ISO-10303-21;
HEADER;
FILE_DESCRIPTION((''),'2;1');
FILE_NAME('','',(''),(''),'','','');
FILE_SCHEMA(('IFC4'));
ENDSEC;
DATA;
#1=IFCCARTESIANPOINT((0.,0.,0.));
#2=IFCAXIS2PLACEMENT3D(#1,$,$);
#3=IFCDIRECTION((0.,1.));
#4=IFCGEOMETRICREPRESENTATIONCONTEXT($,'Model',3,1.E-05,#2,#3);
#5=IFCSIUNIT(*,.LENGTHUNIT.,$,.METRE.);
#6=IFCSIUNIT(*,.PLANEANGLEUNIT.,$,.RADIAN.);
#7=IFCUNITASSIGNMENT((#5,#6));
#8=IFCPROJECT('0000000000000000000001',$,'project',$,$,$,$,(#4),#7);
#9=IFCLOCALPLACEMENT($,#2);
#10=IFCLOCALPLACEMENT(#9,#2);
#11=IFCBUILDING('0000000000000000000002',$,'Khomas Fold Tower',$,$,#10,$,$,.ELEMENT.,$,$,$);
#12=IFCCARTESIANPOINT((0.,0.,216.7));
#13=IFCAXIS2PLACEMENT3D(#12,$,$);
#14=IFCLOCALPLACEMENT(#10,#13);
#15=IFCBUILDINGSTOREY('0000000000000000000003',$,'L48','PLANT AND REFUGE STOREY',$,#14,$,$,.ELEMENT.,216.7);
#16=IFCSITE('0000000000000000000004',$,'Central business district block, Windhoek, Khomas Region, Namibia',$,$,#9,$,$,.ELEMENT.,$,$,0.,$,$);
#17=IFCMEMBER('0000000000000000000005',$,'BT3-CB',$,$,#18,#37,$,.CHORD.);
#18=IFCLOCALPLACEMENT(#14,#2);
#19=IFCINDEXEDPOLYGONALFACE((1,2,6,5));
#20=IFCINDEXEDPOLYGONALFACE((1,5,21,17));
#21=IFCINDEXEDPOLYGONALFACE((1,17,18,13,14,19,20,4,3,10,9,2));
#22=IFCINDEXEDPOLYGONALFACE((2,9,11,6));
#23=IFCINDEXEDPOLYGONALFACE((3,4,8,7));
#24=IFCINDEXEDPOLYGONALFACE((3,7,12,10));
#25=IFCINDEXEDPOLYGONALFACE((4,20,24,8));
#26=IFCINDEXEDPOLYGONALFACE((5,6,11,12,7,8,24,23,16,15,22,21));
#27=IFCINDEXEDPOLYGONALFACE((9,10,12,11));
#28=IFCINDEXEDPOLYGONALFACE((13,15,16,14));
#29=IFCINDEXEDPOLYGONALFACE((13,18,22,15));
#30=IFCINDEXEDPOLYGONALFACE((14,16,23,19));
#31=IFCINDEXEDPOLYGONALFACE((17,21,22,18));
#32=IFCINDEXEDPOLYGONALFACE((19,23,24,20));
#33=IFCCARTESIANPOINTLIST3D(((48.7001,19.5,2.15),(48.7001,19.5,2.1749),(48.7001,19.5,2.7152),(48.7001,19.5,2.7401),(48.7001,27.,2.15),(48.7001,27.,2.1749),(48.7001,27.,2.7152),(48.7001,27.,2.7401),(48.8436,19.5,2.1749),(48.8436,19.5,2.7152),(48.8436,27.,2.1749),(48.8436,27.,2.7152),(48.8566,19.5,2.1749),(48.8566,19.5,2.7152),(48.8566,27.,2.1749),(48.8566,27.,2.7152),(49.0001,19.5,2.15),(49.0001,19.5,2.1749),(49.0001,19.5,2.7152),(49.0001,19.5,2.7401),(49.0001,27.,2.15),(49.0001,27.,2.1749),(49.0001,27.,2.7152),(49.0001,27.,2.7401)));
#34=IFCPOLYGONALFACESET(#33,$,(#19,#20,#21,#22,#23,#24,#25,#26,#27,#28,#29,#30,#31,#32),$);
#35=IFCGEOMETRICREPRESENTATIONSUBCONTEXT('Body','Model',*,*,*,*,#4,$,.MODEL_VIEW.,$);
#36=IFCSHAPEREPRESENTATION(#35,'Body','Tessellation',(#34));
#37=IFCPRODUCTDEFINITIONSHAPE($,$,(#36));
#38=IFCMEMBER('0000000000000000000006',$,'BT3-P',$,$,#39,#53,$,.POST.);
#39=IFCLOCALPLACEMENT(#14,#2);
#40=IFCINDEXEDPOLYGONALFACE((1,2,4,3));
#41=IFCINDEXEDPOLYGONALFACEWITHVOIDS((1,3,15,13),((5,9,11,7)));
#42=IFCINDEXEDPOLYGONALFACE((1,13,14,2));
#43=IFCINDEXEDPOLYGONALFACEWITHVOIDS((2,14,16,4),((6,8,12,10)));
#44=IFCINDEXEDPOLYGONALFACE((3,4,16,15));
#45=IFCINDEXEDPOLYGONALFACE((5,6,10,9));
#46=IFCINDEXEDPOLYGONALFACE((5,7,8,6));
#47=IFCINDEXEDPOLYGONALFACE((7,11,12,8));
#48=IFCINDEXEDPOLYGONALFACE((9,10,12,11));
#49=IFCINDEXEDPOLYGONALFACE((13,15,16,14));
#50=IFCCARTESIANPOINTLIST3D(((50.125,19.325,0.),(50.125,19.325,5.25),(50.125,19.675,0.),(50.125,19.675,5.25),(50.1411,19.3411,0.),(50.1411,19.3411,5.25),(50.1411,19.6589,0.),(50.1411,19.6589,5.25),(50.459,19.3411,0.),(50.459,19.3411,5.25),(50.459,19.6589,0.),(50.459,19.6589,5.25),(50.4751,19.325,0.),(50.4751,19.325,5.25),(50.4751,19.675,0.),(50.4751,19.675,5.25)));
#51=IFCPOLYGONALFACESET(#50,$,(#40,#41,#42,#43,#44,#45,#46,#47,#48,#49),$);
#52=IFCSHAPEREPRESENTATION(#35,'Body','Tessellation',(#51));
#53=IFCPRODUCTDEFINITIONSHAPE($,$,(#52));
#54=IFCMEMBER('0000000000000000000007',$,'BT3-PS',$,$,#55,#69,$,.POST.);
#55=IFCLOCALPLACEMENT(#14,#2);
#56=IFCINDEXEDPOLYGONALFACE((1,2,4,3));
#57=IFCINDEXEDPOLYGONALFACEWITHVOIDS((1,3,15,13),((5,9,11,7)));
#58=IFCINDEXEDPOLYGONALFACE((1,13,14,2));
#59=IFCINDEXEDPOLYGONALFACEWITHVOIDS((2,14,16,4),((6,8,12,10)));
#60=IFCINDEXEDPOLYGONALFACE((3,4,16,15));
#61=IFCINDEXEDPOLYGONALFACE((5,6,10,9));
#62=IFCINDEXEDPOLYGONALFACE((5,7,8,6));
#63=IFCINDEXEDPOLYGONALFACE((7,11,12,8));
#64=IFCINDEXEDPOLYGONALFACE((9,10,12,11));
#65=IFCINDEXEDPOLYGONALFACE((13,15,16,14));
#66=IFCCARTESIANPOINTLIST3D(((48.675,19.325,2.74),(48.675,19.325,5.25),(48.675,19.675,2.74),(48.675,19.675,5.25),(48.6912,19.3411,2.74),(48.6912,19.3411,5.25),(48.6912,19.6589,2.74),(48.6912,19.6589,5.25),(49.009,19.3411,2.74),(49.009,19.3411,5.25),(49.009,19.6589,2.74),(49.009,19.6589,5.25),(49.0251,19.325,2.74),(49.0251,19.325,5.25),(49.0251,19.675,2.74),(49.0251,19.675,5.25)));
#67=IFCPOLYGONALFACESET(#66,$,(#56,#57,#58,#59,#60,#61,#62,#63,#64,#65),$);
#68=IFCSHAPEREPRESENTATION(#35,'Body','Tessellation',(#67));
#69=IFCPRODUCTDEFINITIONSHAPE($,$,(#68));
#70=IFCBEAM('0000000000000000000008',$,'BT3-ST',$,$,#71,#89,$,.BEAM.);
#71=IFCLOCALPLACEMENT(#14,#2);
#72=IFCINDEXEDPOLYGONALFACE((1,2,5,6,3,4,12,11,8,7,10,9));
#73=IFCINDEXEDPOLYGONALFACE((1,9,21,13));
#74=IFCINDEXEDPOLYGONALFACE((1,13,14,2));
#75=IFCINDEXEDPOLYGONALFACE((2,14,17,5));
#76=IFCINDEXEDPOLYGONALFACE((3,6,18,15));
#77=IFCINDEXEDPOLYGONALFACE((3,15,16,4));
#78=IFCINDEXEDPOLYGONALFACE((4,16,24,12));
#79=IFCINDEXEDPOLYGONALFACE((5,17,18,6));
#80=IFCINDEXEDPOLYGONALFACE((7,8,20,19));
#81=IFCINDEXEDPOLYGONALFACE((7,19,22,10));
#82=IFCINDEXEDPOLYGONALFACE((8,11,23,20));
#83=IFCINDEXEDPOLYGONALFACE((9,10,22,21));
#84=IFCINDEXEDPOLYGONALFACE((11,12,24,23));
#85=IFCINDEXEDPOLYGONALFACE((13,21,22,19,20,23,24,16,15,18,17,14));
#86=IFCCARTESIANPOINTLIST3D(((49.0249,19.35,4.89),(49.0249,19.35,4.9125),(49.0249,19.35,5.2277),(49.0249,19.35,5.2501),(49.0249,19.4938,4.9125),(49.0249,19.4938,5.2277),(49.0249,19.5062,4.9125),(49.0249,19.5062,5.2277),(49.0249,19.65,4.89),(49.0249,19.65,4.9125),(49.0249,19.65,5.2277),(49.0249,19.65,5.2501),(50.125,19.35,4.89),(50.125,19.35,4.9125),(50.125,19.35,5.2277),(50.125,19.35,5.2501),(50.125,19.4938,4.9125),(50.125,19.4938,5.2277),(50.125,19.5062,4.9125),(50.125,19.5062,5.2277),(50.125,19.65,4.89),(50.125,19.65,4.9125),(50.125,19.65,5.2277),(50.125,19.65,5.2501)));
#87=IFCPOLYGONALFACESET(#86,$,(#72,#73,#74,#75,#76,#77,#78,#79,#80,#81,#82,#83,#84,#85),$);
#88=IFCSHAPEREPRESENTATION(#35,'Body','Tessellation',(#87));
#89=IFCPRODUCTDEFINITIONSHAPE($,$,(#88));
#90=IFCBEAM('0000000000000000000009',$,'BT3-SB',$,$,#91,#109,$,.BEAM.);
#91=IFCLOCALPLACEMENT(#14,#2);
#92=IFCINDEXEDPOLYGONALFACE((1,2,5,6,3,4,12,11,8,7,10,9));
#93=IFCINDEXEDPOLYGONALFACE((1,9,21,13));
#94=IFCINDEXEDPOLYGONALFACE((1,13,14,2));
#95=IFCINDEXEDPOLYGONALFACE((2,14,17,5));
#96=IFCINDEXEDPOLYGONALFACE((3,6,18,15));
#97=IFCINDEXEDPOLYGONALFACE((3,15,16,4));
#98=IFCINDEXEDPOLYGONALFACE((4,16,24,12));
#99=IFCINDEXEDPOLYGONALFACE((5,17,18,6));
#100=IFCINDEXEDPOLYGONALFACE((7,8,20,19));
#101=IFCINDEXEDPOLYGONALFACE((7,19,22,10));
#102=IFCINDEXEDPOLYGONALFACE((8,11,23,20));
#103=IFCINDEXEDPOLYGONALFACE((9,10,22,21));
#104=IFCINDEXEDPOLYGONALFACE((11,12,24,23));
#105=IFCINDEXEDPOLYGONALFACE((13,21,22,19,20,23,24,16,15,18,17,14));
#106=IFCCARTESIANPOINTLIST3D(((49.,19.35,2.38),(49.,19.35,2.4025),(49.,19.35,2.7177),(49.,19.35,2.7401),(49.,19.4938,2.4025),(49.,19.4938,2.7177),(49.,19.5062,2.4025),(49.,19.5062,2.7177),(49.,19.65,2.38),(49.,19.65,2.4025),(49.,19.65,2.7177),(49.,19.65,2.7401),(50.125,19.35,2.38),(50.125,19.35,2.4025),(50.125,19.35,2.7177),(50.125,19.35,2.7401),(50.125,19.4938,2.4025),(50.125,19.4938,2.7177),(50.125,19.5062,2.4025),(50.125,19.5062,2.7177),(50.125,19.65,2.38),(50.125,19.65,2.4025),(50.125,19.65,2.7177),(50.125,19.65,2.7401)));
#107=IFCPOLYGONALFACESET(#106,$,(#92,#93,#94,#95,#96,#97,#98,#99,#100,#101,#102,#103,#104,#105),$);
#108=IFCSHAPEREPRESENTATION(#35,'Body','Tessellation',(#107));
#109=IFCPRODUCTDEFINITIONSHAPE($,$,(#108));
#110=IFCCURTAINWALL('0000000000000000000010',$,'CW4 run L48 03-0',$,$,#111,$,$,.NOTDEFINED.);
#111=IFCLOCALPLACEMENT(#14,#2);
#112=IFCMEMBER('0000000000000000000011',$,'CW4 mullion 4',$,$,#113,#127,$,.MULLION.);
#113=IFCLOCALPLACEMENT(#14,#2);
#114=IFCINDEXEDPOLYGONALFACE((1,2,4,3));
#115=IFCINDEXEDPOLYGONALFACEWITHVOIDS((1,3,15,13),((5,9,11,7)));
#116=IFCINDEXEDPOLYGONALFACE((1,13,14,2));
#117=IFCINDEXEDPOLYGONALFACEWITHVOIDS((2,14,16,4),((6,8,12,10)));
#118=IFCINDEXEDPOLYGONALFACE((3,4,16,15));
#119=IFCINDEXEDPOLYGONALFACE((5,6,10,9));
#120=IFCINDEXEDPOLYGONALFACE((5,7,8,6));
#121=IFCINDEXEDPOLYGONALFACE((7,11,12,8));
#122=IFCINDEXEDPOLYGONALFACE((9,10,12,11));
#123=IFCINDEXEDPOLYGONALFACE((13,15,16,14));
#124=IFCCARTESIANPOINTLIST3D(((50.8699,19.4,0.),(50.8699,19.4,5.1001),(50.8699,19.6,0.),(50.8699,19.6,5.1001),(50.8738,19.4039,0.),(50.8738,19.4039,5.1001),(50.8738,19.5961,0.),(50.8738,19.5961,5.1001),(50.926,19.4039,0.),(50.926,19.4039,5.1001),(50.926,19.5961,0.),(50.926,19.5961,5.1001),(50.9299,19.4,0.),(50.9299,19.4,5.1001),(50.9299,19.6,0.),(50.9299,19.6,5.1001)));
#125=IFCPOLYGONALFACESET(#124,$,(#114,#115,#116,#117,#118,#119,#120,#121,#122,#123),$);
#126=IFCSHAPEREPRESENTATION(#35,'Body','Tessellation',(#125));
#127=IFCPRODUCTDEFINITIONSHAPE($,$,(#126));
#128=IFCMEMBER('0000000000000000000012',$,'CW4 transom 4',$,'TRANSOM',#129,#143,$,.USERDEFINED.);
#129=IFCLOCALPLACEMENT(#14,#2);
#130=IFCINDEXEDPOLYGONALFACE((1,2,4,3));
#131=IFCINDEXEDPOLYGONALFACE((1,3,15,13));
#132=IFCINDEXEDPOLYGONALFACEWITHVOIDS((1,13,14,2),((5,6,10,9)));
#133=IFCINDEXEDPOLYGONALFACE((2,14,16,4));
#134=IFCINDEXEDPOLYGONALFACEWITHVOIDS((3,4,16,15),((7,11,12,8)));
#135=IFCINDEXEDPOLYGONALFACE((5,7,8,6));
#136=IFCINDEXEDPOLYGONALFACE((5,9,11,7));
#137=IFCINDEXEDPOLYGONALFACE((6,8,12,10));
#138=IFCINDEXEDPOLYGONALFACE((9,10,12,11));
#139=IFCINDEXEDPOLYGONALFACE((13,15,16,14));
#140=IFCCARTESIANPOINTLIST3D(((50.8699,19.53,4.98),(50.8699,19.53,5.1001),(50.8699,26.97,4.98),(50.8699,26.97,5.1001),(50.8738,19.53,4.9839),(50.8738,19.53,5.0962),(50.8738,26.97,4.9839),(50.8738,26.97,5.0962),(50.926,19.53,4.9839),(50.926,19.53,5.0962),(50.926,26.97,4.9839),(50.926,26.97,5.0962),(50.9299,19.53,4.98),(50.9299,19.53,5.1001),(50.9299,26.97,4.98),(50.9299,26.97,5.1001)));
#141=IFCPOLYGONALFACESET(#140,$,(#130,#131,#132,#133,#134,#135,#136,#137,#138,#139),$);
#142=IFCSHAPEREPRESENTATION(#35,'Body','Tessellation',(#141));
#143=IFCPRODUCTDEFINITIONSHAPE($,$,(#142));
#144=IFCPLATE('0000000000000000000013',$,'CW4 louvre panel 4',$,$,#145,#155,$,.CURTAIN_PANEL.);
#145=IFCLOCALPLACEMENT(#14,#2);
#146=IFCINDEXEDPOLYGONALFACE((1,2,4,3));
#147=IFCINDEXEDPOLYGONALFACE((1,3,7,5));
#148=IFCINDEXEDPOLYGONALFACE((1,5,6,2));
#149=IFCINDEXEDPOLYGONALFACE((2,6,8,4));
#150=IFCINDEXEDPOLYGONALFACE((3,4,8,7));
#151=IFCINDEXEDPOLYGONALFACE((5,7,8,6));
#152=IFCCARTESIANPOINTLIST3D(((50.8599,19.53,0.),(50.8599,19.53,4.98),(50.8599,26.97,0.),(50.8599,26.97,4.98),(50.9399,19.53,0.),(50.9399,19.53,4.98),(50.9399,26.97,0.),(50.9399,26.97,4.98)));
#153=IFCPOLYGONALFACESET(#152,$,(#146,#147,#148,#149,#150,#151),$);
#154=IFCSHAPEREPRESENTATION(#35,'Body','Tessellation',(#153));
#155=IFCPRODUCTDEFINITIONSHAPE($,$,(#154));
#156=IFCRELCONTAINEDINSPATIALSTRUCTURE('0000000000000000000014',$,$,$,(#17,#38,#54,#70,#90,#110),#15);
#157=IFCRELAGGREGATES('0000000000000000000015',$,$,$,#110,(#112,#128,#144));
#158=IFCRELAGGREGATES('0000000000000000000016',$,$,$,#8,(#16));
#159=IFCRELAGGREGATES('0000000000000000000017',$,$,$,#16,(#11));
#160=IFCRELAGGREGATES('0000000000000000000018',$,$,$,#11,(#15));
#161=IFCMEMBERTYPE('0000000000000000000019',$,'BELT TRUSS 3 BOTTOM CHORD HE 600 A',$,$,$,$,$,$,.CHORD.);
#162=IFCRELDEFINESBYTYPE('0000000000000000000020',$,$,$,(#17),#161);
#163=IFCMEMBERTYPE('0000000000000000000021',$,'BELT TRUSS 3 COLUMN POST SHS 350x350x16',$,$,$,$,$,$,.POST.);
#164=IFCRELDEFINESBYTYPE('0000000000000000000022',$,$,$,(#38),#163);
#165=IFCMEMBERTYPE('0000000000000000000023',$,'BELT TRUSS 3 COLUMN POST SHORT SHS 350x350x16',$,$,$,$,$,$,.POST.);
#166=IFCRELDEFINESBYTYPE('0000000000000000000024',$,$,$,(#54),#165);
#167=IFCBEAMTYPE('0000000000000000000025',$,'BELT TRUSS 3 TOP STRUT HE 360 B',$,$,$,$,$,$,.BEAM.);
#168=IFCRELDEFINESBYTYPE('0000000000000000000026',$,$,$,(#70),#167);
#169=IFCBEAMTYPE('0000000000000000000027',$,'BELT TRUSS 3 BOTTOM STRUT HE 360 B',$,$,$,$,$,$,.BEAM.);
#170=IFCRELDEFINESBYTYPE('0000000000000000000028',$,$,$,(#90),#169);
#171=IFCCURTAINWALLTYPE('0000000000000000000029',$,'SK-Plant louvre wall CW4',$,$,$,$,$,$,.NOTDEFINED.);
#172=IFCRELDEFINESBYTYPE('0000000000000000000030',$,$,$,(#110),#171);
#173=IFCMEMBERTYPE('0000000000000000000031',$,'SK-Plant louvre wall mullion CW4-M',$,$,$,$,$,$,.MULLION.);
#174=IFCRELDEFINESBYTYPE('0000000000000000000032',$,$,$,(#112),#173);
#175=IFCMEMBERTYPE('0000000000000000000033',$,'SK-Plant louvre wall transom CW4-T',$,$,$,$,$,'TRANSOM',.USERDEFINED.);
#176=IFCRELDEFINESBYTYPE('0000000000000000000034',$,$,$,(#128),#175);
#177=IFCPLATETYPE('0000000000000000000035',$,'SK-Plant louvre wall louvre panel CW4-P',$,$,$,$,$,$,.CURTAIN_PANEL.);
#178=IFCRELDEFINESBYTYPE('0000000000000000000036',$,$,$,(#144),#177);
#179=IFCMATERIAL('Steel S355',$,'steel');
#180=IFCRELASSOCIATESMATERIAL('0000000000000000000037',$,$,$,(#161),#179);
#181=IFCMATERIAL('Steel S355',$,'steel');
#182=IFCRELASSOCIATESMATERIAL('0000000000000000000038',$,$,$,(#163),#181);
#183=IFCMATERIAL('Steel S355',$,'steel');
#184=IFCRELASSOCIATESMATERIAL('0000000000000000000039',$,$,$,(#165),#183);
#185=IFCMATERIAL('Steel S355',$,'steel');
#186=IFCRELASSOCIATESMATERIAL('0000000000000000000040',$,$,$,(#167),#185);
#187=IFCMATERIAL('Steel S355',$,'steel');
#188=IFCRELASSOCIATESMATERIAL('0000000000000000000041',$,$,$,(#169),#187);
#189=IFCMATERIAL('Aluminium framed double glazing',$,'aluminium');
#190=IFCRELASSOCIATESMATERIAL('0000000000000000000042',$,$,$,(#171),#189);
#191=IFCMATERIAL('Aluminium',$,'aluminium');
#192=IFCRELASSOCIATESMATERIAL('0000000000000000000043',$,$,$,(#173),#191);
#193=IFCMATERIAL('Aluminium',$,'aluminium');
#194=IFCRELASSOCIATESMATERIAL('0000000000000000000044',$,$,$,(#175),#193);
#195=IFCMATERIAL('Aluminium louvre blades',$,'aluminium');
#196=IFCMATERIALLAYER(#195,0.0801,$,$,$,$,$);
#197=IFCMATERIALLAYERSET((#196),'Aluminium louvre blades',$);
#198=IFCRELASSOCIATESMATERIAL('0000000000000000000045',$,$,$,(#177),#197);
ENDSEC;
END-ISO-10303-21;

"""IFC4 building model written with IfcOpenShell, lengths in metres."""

from ifc_helpers import new_model, si_unit, direction, frame, origin, origin_2d, place, context, subcontext, project, spatial, rectangle, hollow_rectangle, i_section, extrude, source, transform, mapped, material, layer, layer_set, material_profile, profile_set, type_object, element, aggregate, save


model = new_model("IFC4")

# Units and contexts
model_context = context("Model", 3, precision=1e-05, world=origin(), true_north=direction((0.0, 1.0)))
body_context = subcontext(model_context, "Body", "Model", "MODEL_VIEW")
ifc_project = project(units=[si_unit("LENGTHUNIT", "METRE"), si_unit("PLANEANGLEUNIT", "RADIAN")], contexts=[model_context])

# Site, building, storey
site_placement = place(None, origin())
site = spatial("IfcSite", under=ifc_project, at=site_placement, Name="Central business district block, Windhoek, Khomas Region, Namibia", CompositionType="ELEMENT", RefElevation=0.0)
building_placement = place(site_placement, origin())
building = spatial("IfcBuilding", under=site, at=building_placement, Name="Khomas Fold Tower", CompositionType="ELEMENT")
storey_placement = place(building_placement, frame((0.0, 0.0, 216.7)))
storey = spatial("IfcBuildingStorey", under=building, at=storey_placement, Name="L48", Description="PLANT AND REFUGE STOREY", CompositionType="ELEMENT", Elevation=216.7)

# Members
ifc_material_1 = material(Name="Steel S355", Category="steel")
ifc_material_profile_1 = material_profile(ifc_material_1, i_section(OverallWidth=0.3, OverallDepth=0.5901, WebThickness=0.0129, FlangeThickness=0.0249, at=origin_2d()), Name="HE 600 A")
ifc_profile_set_1 = profile_set([ifc_material_profile_1], Name="Steel S355")
member_type_1 = type_object("IfcMemberType", Name="BELT TRUSS 3 BOTTOM CHORD HE 600 A", PredefinedType="CHORD", material=ifc_profile_set_1)
shared_shape_1 = source(origin(), body_context, "Body", "SweptSolid", [
    extrude(i_section(OverallWidth=0.3, OverallDepth=0.5901, WebThickness=0.0129, FlangeThickness=0.0249, at=origin_2d()), origin(), (0.0, 0.0, 1.0), 7.5),
])
member_1_placement = place(storey_placement, frame((48.8501, 19.5, 2.4451), z_axis=(0.0, 1.0, 0.0), x_axis=(-1.0, 0.0, 0.0)))
element("IfcMember", 1, at=member_1_placement, inside=storey, type_object=member_type_1, Name="BT3-CB", PredefinedType="CHORD", context=body_context, shape_type="MappedRepresentation", body=[
    mapped(shared_shape_1, transform((0.0, 0.0, 0.0))),
])
ifc_material_2 = material(Name="Steel S355", Category="steel")
ifc_material_profile_2 = material_profile(ifc_material_2, hollow_rectangle(XDim=0.3501, YDim=0.3501, WallThickness=0.0161, at=origin_2d()), Name="SHS 350x350x16")
ifc_profile_set_2 = profile_set([ifc_material_profile_2], Name="Steel S355")
member_type_2 = type_object("IfcMemberType", Name="BELT TRUSS 3 COLUMN POST SHS 350x350x16", PredefinedType="POST", material=ifc_profile_set_2)
shared_shape_2 = source(origin(), body_context, "Body", "SweptSolid", [
    extrude(hollow_rectangle(XDim=0.3501, YDim=0.3501, WallThickness=0.0161, at=origin_2d()), origin(), (0.0, 0.0, 1.0), 5.25),
])
member_2_placement = place(storey_placement, frame((50.3, 19.5, 0.0), z_axis=(0.0, 0.0, 1.0), x_axis=(1.0, 0.0, 0.0)))
element("IfcMember", 2, at=member_2_placement, inside=storey, type_object=member_type_2, Name="BT3-P", PredefinedType="POST", context=body_context, shape_type="MappedRepresentation", body=[
    mapped(shared_shape_2, transform((0.0, 0.0, 0.0))),
])
ifc_material_3 = material(Name="Steel S355", Category="steel")
ifc_material_profile_3 = material_profile(ifc_material_3, hollow_rectangle(XDim=0.3501, YDim=0.3501, WallThickness=0.0161, at=origin_2d()), Name="SHS 350x350x16")
ifc_profile_set_3 = profile_set([ifc_material_profile_3], Name="Steel S355")
member_type_3 = type_object("IfcMemberType", Name="BELT TRUSS 3 COLUMN POST SHORT SHS 350x350x16", PredefinedType="POST", material=ifc_profile_set_3)
shared_shape_3 = source(origin(), body_context, "Body", "SweptSolid", [
    extrude(hollow_rectangle(XDim=0.3501, YDim=0.3501, WallThickness=0.0161, at=origin_2d()), origin(), (0.0, 0.0, 1.0), 2.51),
])
member_3_placement = place(storey_placement, frame((48.8501, 19.5, 2.74), z_axis=(0.0, 0.0, 1.0), x_axis=(1.0, 0.0, 0.0)))
element("IfcMember", 3, at=member_3_placement, inside=storey, type_object=member_type_3, Name="BT3-PS", PredefinedType="POST", context=body_context, shape_type="MappedRepresentation", body=[
    mapped(shared_shape_3, transform((0.0, 0.0, 0.0))),
])

# Beams
ifc_material_4 = material(Name="Steel S355", Category="steel")
ifc_material_profile_4 = material_profile(ifc_material_4, i_section(OverallWidth=0.3, OverallDepth=0.3601, WebThickness=0.0125, FlangeThickness=0.0225, at=origin_2d()), Name="HE 360 B")
ifc_profile_set_4 = profile_set([ifc_material_profile_4], Name="Steel S355")
beam_type_1 = type_object("IfcBeamType", Name="BELT TRUSS 3 TOP STRUT HE 360 B", PredefinedType="BEAM", material=ifc_profile_set_4)
shared_shape_4 = source(origin(), body_context, "Body", "SweptSolid", [
    extrude(i_section(OverallWidth=0.3, OverallDepth=0.3601, WebThickness=0.0125, FlangeThickness=0.0225, at=origin_2d()), origin(), (0.0, 0.0, 1.0), 1.1001),
])
beam_1_placement = place(storey_placement, frame((49.0249, 19.5, 5.0701), z_axis=(1.0, 0.0, 0.0), x_axis=(0.0, 1.0, 0.0)))
element("IfcBeam", 4, at=beam_1_placement, inside=storey, type_object=beam_type_1, Name="BT3-ST", PredefinedType="BEAM", context=body_context, shape_type="MappedRepresentation", body=[
    mapped(shared_shape_4, transform((0.0, 0.0, 0.0))),
])
ifc_material_5 = material(Name="Steel S355", Category="steel")
ifc_material_profile_5 = material_profile(ifc_material_5, i_section(OverallWidth=0.3, OverallDepth=0.3601, WebThickness=0.0125, FlangeThickness=0.0225, at=origin_2d()), Name="HE 360 B")
ifc_profile_set_5 = profile_set([ifc_material_profile_5], Name="Steel S355")
beam_type_2 = type_object("IfcBeamType", Name="BELT TRUSS 3 BOTTOM STRUT HE 360 B", PredefinedType="BEAM", material=ifc_profile_set_5)
shared_shape_5 = source(origin(), body_context, "Body", "SweptSolid", [
    extrude(i_section(OverallWidth=0.3, OverallDepth=0.3601, WebThickness=0.0125, FlangeThickness=0.0225, at=origin_2d()), origin(), (0.0, 0.0, 1.0), 1.125),
])
beam_2_placement = place(storey_placement, frame((49.0, 19.5, 2.5601), z_axis=(1.0, 0.0, 0.0), x_axis=(0.0, 1.0, 0.0)))
element("IfcBeam", 5, at=beam_2_placement, inside=storey, type_object=beam_type_2, Name="BT3-SB", PredefinedType="BEAM", context=body_context, shape_type="MappedRepresentation", body=[
    mapped(shared_shape_5, transform((0.0, 0.0, 0.0))),
])

# Curtain wall, members, plate
ifc_material_6 = material(Name="Aluminium framed double glazing", Category="aluminium")
curtain_wall_type = type_object("IfcCurtainWallType", Name="SK-Plant louvre wall CW4", PredefinedType="NOTDEFINED", material=ifc_material_6)
curtain_wall_placement = place(storey_placement, origin())
curtain_wall = element("IfcCurtainWall", 6, at=curtain_wall_placement, inside=storey, type_object=curtain_wall_type, Name="CW4 run L48 03-0", PredefinedType="NOTDEFINED")
ifc_material_7 = material(Name="Aluminium", Category="aluminium")
ifc_material_profile_6 = material_profile(ifc_material_7, hollow_rectangle(XDim=0.0601, YDim=0.2, WallThickness=0.0039, at=origin_2d()), Name="SK-Plant louvre wall mullion CW4-M")
ifc_profile_set_6 = profile_set([ifc_material_profile_6], Name="Aluminium")
member_type_4 = type_object("IfcMemberType", Name="SK-Plant louvre wall mullion CW4-M", PredefinedType="MULLION", material=ifc_profile_set_6)
shared_shape_6 = source(origin(), body_context, "Body", "SweptSolid", [
    extrude(hollow_rectangle(XDim=0.0601, YDim=0.2, WallThickness=0.0039, at=origin_2d()), origin(), (0.0, 0.0, 1.0), 5.1001),
])
member_4_placement = place(storey_placement, frame((50.8999, 19.5, 0.0), z_axis=(0.0, 0.0, 1.0), x_axis=(-1.0, 0.0, 0.0)))
member_4 = element("IfcMember", 7, at=member_4_placement, type_object=member_type_4, Name="CW4 mullion 4", PredefinedType="MULLION", context=body_context, shape_type="MappedRepresentation", body=[
    mapped(shared_shape_6, transform((0.0, 0.0, 0.0))),
])
ifc_material_8 = material(Name="Aluminium", Category="aluminium")
ifc_material_profile_7 = material_profile(ifc_material_8, hollow_rectangle(XDim=0.0601, YDim=0.1201, WallThickness=0.0039, at=origin_2d()), Name="SK-Plant louvre wall transom CW4-T")
ifc_profile_set_7 = profile_set([ifc_material_profile_7], Name="Aluminium")
member_type_5 = type_object("IfcMemberType", Name="SK-Plant louvre wall transom CW4-T", ElementType="TRANSOM", PredefinedType="USERDEFINED", material=ifc_profile_set_7)
shared_shape_7 = source(origin(), body_context, "Body", "SweptSolid", [
    extrude(hollow_rectangle(XDim=0.0601, YDim=0.1201, WallThickness=0.0039, at=origin_2d()), origin(), (0.0, 0.0, 1.0), 7.4399),
])
member_5_placement = place(storey_placement, frame((50.8999, 19.53, 5.04), z_axis=(0.0, 1.0, 0.0), x_axis=(-1.0, 0.0, 0.0)))
member_5 = element("IfcMember", 8, at=member_5_placement, type_object=member_type_5, Name="CW4 transom 4", ObjectType="TRANSOM", PredefinedType="USERDEFINED", context=body_context, shape_type="MappedRepresentation", body=[
    mapped(shared_shape_7, transform((0.0, 0.0, 0.0))),
])
ifc_material_9 = material(Name="Aluminium louvre blades", Category="aluminium")
ifc_layer_1 = layer(ifc_material_9, 0.0801)
ifc_layer_set_1 = layer_set([ifc_layer_1], Name="Aluminium louvre blades")
plate_type = type_object("IfcPlateType", Name="SK-Plant louvre wall louvre panel CW4-P", PredefinedType="CURTAIN_PANEL", material=ifc_layer_set_1)
shared_shape_8 = source(origin(), body_context, "Body", "SweptSolid", [
    extrude(rectangle(XDim=7.4399, YDim=0.0801, at=origin_2d()), origin(), (0.0, 0.0, 1.0), 4.98),
])
plate_placement = place(storey_placement, frame((50.8999, 23.25, 0.0), z_axis=(0.0, 0.0, 1.0), x_axis=(0.0, 1.0, 0.0)))
plate = element("IfcPlate", 9, at=plate_placement, type_object=plate_type, Name="CW4 louvre panel 4", PredefinedType="CURTAIN_PANEL", context=body_context, shape_type="MappedRepresentation", body=[
    mapped(shared_shape_8, transform((0.0, 0.0, 0.0))),
])
aggregate(curtain_wall, [member_4, member_5, plate])

save(model, "model.ifc")
